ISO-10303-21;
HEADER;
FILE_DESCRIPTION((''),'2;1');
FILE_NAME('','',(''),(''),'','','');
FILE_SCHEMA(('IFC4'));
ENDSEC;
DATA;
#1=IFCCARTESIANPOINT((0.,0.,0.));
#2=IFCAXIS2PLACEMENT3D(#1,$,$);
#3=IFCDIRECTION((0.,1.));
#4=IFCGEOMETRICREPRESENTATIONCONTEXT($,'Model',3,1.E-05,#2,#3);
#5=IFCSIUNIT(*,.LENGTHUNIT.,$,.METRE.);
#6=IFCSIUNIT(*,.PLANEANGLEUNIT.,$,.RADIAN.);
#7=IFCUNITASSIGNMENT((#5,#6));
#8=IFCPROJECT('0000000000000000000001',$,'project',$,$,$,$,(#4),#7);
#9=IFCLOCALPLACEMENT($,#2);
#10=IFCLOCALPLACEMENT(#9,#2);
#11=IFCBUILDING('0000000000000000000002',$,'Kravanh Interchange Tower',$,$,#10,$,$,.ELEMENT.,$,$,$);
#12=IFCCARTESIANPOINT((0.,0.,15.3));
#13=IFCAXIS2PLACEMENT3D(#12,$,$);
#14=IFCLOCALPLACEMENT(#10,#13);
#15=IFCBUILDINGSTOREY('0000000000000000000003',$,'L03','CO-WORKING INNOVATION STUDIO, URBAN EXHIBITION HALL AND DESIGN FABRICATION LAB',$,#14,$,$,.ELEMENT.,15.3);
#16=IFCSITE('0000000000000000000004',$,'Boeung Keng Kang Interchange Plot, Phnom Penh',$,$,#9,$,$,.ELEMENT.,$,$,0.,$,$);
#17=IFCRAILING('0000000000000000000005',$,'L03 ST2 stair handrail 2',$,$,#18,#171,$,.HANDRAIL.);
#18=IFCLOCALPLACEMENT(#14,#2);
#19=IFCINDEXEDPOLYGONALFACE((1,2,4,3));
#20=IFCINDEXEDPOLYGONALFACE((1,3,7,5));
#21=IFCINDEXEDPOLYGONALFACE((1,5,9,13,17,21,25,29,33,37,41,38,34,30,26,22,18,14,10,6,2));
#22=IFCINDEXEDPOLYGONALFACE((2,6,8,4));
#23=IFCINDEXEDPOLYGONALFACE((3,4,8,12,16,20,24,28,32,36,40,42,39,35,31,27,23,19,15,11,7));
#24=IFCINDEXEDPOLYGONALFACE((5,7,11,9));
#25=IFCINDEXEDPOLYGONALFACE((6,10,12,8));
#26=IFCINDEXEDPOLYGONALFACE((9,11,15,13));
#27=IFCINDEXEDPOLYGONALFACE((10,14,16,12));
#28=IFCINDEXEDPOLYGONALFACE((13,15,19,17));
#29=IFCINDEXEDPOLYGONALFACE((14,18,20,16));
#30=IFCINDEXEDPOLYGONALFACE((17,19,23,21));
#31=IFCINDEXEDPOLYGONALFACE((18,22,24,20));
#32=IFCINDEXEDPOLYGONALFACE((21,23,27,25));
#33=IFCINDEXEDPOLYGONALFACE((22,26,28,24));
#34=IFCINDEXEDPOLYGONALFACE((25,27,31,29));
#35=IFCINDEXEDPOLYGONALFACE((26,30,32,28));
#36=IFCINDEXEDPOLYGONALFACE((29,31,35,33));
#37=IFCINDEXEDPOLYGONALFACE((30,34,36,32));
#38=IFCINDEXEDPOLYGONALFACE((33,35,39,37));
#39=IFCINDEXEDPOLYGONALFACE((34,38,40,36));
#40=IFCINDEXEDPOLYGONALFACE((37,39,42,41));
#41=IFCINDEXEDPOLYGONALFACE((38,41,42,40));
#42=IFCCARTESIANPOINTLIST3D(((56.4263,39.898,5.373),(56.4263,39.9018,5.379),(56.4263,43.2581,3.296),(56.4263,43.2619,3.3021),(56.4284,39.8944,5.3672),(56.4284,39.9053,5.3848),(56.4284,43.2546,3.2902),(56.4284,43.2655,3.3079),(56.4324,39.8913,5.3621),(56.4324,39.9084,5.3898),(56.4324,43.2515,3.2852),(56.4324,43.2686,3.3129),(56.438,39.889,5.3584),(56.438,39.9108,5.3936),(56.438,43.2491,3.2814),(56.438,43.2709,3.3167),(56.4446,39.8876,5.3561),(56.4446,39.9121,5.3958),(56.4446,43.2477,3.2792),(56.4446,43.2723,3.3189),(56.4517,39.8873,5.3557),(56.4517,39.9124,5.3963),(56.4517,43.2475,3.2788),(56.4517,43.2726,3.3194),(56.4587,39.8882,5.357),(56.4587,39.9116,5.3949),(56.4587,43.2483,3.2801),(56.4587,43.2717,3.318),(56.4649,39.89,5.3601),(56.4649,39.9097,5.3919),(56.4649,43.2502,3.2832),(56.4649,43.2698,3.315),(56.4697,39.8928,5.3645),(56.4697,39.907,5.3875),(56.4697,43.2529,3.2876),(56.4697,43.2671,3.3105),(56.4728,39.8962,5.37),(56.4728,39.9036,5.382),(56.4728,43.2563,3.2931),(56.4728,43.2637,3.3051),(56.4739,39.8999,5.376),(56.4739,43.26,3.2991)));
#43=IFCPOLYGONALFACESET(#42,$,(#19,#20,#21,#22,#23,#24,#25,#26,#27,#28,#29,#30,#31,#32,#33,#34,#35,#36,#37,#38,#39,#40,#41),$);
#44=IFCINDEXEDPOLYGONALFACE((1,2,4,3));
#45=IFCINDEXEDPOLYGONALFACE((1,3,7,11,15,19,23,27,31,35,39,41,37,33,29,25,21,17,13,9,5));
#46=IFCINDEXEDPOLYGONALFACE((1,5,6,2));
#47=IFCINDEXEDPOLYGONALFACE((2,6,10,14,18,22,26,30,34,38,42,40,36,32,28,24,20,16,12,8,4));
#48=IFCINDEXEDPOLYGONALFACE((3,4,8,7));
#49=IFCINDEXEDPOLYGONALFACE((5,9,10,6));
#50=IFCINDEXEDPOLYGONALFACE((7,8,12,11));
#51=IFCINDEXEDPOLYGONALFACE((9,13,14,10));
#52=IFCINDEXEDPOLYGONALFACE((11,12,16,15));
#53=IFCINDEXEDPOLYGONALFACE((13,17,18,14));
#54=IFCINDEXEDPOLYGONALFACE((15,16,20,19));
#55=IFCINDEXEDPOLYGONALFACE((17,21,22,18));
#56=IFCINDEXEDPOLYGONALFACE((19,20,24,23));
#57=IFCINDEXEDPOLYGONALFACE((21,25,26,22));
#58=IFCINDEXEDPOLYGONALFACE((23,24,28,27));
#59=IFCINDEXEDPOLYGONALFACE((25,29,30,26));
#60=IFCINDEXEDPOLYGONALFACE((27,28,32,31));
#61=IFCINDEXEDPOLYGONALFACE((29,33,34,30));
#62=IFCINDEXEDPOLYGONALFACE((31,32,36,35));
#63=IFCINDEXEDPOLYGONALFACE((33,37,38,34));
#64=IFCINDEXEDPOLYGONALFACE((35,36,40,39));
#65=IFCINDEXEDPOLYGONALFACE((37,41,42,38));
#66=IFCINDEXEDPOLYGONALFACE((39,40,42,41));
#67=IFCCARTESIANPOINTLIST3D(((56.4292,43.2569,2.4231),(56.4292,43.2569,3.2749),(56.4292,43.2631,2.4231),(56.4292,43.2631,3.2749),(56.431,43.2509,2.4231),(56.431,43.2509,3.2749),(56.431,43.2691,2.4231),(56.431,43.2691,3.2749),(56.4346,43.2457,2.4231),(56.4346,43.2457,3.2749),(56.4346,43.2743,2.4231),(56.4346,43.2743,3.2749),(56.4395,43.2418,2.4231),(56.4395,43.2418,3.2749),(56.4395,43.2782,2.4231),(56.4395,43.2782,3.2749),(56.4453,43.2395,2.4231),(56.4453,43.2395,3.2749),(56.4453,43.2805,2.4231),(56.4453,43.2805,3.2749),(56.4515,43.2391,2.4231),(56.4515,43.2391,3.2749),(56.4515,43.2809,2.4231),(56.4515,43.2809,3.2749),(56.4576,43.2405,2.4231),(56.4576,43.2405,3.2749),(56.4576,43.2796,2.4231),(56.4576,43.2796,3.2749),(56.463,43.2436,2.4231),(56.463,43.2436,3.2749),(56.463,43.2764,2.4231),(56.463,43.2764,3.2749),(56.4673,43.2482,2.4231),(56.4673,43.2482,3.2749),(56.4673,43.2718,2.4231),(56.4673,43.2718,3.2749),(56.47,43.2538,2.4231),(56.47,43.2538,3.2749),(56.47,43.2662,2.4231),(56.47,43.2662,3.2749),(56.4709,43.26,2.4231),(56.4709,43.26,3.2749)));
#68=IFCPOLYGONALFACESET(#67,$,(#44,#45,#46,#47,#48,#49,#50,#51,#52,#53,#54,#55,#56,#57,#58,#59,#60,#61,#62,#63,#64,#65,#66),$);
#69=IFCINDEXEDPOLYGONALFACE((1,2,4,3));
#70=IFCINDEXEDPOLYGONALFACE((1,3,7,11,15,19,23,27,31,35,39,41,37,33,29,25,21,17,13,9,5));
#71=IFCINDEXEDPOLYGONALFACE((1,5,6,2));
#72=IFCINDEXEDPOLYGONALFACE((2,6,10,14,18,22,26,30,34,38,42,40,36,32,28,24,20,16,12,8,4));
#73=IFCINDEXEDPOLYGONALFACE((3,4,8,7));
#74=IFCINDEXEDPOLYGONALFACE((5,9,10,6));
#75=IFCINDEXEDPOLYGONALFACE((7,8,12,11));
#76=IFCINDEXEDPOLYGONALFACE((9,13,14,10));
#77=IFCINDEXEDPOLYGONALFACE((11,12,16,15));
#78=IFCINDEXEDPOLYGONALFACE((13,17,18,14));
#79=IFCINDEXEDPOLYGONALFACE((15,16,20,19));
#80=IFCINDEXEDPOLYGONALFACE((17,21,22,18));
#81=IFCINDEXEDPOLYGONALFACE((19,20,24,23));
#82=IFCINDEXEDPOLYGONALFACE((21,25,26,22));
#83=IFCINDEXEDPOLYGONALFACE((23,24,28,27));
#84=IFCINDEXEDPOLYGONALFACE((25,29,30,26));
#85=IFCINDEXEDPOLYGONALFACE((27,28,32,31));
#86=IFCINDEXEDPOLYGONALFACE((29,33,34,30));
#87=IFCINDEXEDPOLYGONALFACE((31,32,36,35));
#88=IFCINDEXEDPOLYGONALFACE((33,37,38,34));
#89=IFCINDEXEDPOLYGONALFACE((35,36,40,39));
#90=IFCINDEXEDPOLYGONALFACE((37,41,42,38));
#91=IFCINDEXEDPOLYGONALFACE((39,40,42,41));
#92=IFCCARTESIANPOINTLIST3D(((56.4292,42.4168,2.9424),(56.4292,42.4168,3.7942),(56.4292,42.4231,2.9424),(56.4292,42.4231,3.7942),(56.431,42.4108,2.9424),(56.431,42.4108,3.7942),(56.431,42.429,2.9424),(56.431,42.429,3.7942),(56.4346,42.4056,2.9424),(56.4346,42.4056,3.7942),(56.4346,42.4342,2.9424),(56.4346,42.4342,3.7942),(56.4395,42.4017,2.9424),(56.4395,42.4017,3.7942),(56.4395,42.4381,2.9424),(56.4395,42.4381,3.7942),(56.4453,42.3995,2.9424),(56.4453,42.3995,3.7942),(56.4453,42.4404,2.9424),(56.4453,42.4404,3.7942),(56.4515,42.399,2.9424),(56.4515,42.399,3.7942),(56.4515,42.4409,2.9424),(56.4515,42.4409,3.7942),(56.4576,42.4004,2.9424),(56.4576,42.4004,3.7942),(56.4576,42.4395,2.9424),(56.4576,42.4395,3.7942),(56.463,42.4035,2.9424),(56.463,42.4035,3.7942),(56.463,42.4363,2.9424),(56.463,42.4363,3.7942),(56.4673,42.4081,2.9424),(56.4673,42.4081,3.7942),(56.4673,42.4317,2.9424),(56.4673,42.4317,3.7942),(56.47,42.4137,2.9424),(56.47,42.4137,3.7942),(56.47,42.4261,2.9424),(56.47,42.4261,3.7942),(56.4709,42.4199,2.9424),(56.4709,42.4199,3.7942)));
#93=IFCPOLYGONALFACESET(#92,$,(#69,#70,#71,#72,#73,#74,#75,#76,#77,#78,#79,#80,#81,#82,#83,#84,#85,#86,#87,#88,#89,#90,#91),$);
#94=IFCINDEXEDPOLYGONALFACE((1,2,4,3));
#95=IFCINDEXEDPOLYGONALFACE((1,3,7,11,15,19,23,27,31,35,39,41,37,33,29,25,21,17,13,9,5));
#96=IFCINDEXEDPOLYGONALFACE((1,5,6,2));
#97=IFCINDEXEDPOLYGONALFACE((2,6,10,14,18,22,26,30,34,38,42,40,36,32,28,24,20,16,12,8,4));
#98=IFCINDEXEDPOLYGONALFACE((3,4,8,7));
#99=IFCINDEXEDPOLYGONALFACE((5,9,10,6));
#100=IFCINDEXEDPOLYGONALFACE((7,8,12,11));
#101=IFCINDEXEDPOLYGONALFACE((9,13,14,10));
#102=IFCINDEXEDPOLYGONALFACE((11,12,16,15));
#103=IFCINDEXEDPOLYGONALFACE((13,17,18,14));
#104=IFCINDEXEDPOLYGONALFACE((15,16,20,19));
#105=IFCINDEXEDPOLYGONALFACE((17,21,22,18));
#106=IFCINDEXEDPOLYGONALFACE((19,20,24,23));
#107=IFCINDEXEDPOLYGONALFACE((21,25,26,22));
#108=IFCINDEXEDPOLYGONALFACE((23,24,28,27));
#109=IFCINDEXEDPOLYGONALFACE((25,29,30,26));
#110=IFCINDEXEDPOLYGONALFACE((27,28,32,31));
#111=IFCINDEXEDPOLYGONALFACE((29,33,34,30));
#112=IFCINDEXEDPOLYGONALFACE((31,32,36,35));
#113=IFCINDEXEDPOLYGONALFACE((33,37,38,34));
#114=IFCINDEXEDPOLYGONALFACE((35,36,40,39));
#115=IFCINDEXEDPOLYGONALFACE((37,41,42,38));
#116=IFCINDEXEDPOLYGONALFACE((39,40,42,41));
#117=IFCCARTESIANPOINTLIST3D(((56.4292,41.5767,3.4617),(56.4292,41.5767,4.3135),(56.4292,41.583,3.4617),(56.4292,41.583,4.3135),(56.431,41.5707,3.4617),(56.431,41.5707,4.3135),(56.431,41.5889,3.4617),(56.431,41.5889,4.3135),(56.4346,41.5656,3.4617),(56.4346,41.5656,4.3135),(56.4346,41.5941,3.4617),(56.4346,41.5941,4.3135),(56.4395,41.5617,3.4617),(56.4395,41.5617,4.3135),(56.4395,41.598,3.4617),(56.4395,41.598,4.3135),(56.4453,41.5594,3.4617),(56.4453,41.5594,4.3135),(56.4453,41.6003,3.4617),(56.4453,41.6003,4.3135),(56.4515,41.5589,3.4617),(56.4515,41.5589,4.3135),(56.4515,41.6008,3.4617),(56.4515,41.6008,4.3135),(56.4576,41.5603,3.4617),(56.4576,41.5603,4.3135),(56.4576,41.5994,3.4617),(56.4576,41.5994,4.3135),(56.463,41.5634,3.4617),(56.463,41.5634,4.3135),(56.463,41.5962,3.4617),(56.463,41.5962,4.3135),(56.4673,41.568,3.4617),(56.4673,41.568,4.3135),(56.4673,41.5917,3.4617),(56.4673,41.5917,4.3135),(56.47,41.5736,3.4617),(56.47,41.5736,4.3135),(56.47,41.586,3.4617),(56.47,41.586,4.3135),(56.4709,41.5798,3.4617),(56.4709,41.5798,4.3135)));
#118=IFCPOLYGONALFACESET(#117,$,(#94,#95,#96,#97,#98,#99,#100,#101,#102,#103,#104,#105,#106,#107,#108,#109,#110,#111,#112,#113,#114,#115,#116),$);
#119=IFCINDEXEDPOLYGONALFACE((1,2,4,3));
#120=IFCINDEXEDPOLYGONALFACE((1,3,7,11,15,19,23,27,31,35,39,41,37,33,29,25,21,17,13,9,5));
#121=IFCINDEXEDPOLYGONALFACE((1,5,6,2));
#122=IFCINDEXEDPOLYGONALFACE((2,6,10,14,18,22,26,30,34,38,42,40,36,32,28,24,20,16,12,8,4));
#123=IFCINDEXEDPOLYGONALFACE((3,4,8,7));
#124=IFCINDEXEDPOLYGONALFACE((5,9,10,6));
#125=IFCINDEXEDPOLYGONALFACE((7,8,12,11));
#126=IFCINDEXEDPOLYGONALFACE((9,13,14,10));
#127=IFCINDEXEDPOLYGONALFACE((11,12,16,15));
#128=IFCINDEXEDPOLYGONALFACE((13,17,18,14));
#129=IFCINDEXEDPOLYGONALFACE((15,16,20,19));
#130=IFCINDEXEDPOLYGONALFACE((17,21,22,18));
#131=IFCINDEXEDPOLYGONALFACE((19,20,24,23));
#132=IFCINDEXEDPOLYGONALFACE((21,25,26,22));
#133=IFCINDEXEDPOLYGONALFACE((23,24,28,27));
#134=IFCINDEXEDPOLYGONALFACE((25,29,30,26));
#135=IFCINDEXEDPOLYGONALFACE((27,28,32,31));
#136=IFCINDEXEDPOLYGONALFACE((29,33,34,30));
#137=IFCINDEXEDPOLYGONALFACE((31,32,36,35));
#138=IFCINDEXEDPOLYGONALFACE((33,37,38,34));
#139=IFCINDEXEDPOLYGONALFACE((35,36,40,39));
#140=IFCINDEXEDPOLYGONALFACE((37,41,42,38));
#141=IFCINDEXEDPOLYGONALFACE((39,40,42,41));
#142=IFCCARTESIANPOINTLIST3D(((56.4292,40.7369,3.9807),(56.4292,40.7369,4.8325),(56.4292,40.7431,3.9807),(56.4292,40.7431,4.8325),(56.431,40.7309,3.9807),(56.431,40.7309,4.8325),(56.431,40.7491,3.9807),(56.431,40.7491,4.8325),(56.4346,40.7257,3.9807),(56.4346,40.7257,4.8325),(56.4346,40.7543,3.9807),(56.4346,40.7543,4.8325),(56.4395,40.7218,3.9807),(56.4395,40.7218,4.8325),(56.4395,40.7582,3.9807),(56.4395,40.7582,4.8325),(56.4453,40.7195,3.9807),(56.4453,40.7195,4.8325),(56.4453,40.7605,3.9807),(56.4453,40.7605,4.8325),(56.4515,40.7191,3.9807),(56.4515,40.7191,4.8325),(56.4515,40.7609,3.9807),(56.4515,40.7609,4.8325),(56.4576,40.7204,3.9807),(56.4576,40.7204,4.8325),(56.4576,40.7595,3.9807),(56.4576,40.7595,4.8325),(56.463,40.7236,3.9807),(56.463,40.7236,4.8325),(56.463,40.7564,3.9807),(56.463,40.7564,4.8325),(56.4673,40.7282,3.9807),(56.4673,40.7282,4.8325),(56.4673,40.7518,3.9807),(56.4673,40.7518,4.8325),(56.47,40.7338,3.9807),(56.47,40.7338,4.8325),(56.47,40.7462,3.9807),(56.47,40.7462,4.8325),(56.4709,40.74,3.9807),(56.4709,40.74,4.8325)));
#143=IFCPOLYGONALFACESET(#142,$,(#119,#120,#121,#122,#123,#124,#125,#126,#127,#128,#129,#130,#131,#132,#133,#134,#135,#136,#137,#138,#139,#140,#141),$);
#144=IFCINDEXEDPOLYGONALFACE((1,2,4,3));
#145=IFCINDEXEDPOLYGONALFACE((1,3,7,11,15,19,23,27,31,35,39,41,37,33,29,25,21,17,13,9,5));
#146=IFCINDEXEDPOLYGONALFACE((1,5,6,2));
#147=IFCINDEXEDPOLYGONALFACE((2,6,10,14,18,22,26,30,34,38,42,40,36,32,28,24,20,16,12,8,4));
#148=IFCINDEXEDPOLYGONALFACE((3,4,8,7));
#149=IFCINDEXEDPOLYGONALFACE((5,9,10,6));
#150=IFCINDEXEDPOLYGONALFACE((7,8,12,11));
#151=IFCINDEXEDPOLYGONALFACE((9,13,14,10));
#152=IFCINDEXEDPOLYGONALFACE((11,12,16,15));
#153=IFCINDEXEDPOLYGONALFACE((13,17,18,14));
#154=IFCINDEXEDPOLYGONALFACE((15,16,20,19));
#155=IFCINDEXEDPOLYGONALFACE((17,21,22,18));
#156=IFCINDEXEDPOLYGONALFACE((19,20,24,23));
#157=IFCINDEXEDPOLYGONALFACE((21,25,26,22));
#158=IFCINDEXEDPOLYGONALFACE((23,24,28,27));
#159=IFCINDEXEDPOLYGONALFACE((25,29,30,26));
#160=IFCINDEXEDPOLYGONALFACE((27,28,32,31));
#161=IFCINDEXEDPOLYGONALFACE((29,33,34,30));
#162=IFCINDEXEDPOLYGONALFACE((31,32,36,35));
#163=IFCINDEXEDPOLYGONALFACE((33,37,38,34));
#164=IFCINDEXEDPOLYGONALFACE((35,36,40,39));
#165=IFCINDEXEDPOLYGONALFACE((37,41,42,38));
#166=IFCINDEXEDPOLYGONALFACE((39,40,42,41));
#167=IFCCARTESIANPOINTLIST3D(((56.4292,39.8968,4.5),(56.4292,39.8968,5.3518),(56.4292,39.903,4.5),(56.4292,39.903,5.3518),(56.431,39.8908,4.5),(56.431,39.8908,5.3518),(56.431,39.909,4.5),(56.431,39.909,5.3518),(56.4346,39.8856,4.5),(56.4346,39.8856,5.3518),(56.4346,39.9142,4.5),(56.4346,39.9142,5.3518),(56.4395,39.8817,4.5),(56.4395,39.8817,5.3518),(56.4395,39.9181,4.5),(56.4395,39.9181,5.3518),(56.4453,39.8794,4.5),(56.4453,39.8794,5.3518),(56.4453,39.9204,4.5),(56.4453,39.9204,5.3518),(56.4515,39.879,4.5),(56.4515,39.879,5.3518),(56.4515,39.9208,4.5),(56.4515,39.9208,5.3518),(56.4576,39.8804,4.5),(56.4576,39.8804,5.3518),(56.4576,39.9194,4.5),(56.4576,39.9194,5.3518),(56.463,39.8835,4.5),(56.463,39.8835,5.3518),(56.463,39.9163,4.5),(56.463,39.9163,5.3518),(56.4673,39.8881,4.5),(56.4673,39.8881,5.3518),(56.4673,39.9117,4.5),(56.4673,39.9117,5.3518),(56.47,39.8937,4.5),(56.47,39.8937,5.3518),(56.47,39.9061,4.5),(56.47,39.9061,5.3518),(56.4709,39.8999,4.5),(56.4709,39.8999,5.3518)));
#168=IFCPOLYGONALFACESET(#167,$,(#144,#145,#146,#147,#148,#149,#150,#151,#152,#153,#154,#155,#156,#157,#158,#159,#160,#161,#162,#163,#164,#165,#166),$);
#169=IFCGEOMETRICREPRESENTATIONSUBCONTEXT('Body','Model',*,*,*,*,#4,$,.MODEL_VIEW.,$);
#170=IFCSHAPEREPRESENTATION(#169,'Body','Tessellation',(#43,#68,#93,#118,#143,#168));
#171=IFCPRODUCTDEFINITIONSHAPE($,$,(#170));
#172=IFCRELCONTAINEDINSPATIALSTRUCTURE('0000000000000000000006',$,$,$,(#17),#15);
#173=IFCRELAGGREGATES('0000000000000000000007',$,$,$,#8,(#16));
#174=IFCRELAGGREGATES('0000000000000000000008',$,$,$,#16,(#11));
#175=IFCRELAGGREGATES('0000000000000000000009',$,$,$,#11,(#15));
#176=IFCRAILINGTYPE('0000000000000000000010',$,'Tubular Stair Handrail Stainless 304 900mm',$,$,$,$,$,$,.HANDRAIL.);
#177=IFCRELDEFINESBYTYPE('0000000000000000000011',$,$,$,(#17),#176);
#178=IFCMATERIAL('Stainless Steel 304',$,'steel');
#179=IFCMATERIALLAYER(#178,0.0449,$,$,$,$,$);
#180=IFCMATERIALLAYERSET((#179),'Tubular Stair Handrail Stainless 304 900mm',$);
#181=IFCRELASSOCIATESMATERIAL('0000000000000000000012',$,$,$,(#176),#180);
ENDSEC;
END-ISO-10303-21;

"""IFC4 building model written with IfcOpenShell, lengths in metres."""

from ifc_helpers import new_model, si_unit, direction, frame, origin, origin_2d, place, context, subcontext, project, spatial, circle, extrude, material, layer, layer_set, type_object, element, save


model = new_model("IFC4")

# Units and contexts
model_context = context("Model", 3, precision=1e-05, world=origin(), true_north=direction((0.0, 1.0)))
body_context = subcontext(model_context, "Body", "Model", "MODEL_VIEW")
ifc_project = project(units=[si_unit("LENGTHUNIT", "METRE"), si_unit("PLANEANGLEUNIT", "RADIAN")], contexts=[model_context])

# Site, building, storey
site_placement = place(None, origin())
site = spatial("IfcSite", under=ifc_project, at=site_placement, Name="Boeung Keng Kang Interchange Plot, Phnom Penh", CompositionType="ELEMENT", RefElevation=0.0)
building_placement = place(site_placement, origin())
building = spatial("IfcBuilding", under=site, at=building_placement, Name="Kravanh Interchange Tower", CompositionType="ELEMENT")
storey_placement = place(building_placement, frame((0.0, 0.0, 15.3)))
storey = spatial("IfcBuildingStorey", under=building, at=storey_placement, Name="L03", Description="CO-WORKING INNOVATION STUDIO, URBAN EXHIBITION HALL AND DESIGN FABRICATION LAB", CompositionType="ELEMENT", Elevation=15.3)

# Railing
ifc_material_1 = material(Name="Stainless Steel 304", Category="steel")
ifc_layer_1 = layer(ifc_material_1, 0.0449)
ifc_layer_set_1 = layer_set([ifc_layer_1], Name="Tubular Stair Handrail Stainless 304 900mm")
railing_type_1 = type_object("IfcRailingType", Name="Tubular Stair Handrail Stainless 304 900mm", PredefinedType="HANDRAIL", material=ifc_layer_set_1)
railing_1_placement = place(storey_placement, frame((56.45, 43.26, 2.4231)))
element("IfcRailing", 1, at=railing_1_placement, inside=storey, type_object=railing_type_1, Name="L03 ST2 stair handrail 2", PredefinedType="HANDRAIL", context=body_context, shape_type="SweptSolid", body=[
    extrude(circle(Radius=0.0239, at=origin_2d()), frame((0.0, 0.0, 0.876), z_axis=(0.0, -0.850623, 0.525776), x_axis=(1.0, 0.0, 0.0)), (0.0, 0.0, 1.0), 3.9502),
    extrude(circle(Radius=0.021, at=origin_2d()), origin(), (0.0, 0.0, 1.0), 0.8518),
    extrude(circle(Radius=0.021, at=origin_2d()), frame((0.0, -0.8401, 0.5193)), (0.0, 0.0, 1.0), 0.8518),
    extrude(circle(Radius=0.021, at=origin_2d()), frame((0.0, -1.6802, 1.0386)), (0.0, 0.0, 1.0), 0.8518),
    extrude(circle(Radius=0.021, at=origin_2d()), frame((0.0, -2.52, 1.5576)), (0.0, 0.0, 1.0), 0.8518),
    extrude(circle(Radius=0.021, at=origin_2d()), frame((0.0, -3.3601, 2.0769)), (0.0, 0.0, 1.0), 0.8518),
])

save(model, "model.ifc")
